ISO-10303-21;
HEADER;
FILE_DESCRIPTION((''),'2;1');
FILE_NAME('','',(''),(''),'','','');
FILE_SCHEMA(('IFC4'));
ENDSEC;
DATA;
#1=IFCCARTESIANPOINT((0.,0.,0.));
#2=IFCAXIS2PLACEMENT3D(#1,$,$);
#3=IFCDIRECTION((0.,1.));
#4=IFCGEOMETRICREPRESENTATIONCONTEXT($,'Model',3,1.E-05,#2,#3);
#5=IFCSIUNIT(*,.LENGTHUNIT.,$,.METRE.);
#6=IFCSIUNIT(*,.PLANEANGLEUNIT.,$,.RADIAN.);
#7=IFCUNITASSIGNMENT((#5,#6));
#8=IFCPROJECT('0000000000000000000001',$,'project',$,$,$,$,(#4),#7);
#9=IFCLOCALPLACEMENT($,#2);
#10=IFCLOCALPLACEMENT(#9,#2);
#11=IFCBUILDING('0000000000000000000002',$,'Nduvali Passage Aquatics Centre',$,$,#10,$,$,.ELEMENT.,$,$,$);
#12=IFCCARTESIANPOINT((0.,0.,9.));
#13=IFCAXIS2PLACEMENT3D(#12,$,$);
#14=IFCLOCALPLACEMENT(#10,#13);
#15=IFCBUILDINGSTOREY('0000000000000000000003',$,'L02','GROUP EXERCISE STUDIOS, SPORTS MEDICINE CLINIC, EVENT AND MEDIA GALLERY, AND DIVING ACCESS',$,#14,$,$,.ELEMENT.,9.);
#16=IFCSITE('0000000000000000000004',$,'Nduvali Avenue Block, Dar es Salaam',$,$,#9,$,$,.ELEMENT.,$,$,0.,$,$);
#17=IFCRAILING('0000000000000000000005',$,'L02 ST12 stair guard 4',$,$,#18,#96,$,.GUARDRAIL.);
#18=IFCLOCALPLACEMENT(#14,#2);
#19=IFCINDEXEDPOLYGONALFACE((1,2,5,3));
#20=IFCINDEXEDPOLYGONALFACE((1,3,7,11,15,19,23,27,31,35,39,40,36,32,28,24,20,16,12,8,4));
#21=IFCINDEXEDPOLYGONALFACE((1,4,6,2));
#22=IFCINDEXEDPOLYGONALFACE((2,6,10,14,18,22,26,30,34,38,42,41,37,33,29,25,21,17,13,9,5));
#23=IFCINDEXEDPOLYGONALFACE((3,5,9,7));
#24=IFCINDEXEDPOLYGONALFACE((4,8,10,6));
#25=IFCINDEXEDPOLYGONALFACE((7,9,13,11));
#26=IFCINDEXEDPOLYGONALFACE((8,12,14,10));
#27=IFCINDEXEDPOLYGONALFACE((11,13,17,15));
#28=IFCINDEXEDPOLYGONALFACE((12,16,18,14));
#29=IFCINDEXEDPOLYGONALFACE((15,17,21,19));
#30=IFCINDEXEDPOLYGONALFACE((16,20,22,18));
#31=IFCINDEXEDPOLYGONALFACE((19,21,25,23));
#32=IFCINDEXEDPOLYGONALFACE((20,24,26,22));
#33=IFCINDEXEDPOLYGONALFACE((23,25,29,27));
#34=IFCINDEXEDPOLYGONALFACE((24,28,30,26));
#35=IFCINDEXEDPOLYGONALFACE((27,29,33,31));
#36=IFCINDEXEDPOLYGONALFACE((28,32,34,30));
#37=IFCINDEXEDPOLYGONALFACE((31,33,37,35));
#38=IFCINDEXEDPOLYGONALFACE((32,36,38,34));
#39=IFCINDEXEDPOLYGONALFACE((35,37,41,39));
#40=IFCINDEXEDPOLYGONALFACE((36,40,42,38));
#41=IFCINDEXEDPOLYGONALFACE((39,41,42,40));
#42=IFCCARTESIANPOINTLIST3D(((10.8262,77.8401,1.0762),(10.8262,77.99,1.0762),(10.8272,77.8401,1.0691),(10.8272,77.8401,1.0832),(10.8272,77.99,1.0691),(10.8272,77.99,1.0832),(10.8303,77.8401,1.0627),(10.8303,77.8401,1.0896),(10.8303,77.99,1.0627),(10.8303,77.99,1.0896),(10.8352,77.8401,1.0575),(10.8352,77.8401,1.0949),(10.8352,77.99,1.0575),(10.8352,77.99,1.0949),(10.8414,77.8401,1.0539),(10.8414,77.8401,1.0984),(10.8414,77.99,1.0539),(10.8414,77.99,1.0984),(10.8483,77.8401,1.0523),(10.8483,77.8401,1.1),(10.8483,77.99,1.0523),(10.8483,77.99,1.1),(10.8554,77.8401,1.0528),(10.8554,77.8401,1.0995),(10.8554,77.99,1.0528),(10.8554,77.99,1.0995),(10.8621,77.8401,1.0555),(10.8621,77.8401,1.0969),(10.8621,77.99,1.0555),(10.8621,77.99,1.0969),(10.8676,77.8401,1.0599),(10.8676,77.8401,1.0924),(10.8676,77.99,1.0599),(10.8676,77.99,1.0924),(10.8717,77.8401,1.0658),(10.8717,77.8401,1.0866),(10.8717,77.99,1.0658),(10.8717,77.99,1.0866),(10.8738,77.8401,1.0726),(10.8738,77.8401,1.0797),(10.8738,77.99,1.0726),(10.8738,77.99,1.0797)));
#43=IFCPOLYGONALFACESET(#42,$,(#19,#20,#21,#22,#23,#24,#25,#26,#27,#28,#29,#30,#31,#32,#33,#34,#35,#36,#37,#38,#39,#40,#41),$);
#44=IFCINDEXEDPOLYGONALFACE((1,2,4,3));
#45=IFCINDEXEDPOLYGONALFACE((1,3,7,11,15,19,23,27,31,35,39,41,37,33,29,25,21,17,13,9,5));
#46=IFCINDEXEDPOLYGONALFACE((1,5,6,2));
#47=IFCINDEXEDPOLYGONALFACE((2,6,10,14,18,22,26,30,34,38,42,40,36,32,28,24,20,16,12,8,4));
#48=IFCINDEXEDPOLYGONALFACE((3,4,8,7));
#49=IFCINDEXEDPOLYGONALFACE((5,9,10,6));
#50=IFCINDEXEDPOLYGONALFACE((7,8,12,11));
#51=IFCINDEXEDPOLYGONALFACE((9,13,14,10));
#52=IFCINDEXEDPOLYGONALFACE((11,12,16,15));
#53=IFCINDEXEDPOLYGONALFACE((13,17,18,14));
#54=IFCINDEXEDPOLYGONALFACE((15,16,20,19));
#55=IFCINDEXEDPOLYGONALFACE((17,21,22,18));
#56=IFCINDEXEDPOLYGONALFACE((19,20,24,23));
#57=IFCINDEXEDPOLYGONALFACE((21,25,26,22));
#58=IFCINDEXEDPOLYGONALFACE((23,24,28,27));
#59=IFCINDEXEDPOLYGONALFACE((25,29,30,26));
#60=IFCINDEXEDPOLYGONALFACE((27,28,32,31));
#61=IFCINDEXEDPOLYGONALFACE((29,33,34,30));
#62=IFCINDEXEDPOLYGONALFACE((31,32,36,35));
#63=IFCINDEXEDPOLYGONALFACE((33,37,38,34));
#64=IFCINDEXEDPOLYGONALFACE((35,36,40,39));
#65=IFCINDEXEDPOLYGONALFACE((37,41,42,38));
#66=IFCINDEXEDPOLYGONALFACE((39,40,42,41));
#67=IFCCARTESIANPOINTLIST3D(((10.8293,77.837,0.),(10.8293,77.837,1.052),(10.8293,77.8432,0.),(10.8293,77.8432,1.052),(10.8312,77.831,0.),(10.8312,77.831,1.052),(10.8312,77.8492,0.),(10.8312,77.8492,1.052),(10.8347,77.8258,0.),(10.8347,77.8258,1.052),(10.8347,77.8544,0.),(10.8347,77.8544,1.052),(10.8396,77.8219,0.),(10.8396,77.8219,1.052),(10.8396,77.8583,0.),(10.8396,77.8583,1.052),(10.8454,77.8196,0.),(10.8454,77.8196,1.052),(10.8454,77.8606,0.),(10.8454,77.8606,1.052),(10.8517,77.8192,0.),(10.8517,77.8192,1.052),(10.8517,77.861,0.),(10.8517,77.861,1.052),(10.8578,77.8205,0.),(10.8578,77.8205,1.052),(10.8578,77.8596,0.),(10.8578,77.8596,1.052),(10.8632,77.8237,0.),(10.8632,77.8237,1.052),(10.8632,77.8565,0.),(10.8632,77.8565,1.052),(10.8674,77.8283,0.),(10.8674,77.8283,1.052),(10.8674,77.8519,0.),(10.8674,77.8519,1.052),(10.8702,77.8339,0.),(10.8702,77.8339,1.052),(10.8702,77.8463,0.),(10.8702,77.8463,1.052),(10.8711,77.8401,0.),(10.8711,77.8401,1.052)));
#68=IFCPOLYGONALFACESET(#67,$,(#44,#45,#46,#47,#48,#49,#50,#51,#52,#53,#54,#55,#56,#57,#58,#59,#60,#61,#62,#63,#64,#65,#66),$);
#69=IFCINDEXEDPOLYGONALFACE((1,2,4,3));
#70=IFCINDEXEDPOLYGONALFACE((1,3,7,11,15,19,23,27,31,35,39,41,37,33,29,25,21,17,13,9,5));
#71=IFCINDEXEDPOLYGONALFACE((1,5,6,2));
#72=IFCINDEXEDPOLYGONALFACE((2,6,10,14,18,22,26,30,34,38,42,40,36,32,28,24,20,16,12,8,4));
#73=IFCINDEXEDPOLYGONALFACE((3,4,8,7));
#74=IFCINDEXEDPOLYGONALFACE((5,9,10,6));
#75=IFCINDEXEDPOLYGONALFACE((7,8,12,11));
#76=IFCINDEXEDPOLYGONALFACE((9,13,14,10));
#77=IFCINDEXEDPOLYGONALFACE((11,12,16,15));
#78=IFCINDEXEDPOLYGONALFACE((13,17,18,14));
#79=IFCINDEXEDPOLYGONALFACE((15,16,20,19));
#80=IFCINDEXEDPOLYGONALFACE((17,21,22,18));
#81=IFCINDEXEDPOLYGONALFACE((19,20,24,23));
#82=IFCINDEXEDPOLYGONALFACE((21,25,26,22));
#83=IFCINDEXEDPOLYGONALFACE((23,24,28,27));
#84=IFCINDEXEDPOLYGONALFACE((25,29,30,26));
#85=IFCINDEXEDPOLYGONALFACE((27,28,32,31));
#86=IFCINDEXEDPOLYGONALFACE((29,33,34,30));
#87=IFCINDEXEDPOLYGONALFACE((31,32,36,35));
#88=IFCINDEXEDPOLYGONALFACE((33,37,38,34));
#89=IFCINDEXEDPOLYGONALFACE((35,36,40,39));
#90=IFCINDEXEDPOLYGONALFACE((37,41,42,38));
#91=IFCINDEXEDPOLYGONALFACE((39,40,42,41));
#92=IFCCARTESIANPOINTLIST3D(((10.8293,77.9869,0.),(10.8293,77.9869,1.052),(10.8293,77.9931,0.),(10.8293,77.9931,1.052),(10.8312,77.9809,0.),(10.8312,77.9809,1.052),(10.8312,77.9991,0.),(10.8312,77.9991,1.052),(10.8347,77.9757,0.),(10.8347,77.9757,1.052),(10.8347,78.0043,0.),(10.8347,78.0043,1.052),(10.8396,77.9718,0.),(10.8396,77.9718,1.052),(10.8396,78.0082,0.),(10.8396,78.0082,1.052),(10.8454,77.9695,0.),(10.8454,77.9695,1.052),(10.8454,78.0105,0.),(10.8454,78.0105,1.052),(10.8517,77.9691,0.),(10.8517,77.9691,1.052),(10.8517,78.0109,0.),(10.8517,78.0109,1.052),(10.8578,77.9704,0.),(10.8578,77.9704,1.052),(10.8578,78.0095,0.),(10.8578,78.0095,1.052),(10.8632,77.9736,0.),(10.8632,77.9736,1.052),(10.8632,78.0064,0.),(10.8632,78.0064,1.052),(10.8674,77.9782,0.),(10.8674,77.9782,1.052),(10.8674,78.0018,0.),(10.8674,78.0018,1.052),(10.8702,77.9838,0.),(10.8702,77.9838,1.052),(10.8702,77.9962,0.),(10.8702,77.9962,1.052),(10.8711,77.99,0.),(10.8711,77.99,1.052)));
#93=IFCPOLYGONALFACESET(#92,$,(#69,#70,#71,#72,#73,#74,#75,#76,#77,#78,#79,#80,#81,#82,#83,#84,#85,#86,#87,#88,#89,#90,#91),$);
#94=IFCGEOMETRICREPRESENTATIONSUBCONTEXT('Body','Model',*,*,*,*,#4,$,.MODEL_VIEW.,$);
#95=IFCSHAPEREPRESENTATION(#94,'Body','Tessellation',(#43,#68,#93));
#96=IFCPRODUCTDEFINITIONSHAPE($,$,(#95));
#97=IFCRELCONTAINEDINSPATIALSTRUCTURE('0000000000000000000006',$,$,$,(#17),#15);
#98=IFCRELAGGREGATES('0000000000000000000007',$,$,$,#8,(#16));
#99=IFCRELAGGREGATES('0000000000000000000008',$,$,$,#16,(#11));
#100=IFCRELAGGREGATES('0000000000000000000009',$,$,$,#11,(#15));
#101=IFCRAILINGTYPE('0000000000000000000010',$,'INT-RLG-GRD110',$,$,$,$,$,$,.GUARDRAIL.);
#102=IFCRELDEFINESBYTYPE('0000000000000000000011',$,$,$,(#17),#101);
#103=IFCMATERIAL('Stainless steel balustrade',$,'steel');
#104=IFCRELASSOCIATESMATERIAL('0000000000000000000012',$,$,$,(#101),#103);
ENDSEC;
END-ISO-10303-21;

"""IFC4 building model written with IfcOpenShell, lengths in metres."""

from ifc_helpers import new_model, si_unit, direction, frame, origin, origin_2d, place, context, subcontext, project, spatial, circle, extrude, material, type_object, element, save


model = new_model("IFC4")

# Units and contexts
model_context = context("Model", 3, precision=1e-05, world=origin(), true_north=direction((0.0, 1.0)))
body_context = subcontext(model_context, "Body", "Model", "MODEL_VIEW")
ifc_project = project(units=[si_unit("LENGTHUNIT", "METRE"), si_unit("PLANEANGLEUNIT", "RADIAN")], contexts=[model_context])

# Site, building, storey
site_placement = place(None, origin())
site = spatial("IfcSite", under=ifc_project, at=site_placement, Name="Nduvali Avenue Block, Dar es Salaam", CompositionType="ELEMENT", RefElevation=0.0)
building_placement = place(site_placement, origin())
building = spatial("IfcBuilding", under=site, at=building_placement, Name="Nduvali Passage Aquatics Centre", CompositionType="ELEMENT")
storey_placement = place(building_placement, frame((0.0, 0.0, 9.0)))
storey = spatial("IfcBuildingStorey", under=building, at=storey_placement, Name="L02", Description="GROUP EXERCISE STUDIOS, SPORTS MEDICINE CLINIC, EVENT AND MEDIA GALLERY, AND DIVING ACCESS", CompositionType="ELEMENT", Elevation=9.0)

# Railing
ifc_material_1 = material(Name="Stainless steel balustrade", Category="steel")
railing_type_1 = type_object("IfcRailingType", Name="INT-RLG-GRD110", PredefinedType="GUARDRAIL", material=ifc_material_1)
railing_1_placement = place(storey_placement, frame((10.8501, 77.8401, 0.0)))
element("IfcRailing", 1, at=railing_1_placement, inside=storey, type_object=railing_type_1, Name="L02 ST12 stair guard 4", PredefinedType="GUARDRAIL", context=body_context, shape_type="SweptSolid", body=[
    extrude(circle(Radius=0.0239, at=origin_2d()), frame((0.0, 0.0, 1.0762), z_axis=(0.0, 1.0, 0.0), x_axis=(-1.0, 0.0, 0.0)), (0.0, 0.0, 1.0), 0.1499),
    extrude(circle(Radius=0.021, at=origin_2d()), origin(), (0.0, 0.0, 1.0), 1.052),
    extrude(circle(Radius=0.021, at=origin_2d()), frame((0.0, 0.1499, 0.0)), (0.0, 0.0, 1.0), 1.052),
])

save(model, "model.ifc")
